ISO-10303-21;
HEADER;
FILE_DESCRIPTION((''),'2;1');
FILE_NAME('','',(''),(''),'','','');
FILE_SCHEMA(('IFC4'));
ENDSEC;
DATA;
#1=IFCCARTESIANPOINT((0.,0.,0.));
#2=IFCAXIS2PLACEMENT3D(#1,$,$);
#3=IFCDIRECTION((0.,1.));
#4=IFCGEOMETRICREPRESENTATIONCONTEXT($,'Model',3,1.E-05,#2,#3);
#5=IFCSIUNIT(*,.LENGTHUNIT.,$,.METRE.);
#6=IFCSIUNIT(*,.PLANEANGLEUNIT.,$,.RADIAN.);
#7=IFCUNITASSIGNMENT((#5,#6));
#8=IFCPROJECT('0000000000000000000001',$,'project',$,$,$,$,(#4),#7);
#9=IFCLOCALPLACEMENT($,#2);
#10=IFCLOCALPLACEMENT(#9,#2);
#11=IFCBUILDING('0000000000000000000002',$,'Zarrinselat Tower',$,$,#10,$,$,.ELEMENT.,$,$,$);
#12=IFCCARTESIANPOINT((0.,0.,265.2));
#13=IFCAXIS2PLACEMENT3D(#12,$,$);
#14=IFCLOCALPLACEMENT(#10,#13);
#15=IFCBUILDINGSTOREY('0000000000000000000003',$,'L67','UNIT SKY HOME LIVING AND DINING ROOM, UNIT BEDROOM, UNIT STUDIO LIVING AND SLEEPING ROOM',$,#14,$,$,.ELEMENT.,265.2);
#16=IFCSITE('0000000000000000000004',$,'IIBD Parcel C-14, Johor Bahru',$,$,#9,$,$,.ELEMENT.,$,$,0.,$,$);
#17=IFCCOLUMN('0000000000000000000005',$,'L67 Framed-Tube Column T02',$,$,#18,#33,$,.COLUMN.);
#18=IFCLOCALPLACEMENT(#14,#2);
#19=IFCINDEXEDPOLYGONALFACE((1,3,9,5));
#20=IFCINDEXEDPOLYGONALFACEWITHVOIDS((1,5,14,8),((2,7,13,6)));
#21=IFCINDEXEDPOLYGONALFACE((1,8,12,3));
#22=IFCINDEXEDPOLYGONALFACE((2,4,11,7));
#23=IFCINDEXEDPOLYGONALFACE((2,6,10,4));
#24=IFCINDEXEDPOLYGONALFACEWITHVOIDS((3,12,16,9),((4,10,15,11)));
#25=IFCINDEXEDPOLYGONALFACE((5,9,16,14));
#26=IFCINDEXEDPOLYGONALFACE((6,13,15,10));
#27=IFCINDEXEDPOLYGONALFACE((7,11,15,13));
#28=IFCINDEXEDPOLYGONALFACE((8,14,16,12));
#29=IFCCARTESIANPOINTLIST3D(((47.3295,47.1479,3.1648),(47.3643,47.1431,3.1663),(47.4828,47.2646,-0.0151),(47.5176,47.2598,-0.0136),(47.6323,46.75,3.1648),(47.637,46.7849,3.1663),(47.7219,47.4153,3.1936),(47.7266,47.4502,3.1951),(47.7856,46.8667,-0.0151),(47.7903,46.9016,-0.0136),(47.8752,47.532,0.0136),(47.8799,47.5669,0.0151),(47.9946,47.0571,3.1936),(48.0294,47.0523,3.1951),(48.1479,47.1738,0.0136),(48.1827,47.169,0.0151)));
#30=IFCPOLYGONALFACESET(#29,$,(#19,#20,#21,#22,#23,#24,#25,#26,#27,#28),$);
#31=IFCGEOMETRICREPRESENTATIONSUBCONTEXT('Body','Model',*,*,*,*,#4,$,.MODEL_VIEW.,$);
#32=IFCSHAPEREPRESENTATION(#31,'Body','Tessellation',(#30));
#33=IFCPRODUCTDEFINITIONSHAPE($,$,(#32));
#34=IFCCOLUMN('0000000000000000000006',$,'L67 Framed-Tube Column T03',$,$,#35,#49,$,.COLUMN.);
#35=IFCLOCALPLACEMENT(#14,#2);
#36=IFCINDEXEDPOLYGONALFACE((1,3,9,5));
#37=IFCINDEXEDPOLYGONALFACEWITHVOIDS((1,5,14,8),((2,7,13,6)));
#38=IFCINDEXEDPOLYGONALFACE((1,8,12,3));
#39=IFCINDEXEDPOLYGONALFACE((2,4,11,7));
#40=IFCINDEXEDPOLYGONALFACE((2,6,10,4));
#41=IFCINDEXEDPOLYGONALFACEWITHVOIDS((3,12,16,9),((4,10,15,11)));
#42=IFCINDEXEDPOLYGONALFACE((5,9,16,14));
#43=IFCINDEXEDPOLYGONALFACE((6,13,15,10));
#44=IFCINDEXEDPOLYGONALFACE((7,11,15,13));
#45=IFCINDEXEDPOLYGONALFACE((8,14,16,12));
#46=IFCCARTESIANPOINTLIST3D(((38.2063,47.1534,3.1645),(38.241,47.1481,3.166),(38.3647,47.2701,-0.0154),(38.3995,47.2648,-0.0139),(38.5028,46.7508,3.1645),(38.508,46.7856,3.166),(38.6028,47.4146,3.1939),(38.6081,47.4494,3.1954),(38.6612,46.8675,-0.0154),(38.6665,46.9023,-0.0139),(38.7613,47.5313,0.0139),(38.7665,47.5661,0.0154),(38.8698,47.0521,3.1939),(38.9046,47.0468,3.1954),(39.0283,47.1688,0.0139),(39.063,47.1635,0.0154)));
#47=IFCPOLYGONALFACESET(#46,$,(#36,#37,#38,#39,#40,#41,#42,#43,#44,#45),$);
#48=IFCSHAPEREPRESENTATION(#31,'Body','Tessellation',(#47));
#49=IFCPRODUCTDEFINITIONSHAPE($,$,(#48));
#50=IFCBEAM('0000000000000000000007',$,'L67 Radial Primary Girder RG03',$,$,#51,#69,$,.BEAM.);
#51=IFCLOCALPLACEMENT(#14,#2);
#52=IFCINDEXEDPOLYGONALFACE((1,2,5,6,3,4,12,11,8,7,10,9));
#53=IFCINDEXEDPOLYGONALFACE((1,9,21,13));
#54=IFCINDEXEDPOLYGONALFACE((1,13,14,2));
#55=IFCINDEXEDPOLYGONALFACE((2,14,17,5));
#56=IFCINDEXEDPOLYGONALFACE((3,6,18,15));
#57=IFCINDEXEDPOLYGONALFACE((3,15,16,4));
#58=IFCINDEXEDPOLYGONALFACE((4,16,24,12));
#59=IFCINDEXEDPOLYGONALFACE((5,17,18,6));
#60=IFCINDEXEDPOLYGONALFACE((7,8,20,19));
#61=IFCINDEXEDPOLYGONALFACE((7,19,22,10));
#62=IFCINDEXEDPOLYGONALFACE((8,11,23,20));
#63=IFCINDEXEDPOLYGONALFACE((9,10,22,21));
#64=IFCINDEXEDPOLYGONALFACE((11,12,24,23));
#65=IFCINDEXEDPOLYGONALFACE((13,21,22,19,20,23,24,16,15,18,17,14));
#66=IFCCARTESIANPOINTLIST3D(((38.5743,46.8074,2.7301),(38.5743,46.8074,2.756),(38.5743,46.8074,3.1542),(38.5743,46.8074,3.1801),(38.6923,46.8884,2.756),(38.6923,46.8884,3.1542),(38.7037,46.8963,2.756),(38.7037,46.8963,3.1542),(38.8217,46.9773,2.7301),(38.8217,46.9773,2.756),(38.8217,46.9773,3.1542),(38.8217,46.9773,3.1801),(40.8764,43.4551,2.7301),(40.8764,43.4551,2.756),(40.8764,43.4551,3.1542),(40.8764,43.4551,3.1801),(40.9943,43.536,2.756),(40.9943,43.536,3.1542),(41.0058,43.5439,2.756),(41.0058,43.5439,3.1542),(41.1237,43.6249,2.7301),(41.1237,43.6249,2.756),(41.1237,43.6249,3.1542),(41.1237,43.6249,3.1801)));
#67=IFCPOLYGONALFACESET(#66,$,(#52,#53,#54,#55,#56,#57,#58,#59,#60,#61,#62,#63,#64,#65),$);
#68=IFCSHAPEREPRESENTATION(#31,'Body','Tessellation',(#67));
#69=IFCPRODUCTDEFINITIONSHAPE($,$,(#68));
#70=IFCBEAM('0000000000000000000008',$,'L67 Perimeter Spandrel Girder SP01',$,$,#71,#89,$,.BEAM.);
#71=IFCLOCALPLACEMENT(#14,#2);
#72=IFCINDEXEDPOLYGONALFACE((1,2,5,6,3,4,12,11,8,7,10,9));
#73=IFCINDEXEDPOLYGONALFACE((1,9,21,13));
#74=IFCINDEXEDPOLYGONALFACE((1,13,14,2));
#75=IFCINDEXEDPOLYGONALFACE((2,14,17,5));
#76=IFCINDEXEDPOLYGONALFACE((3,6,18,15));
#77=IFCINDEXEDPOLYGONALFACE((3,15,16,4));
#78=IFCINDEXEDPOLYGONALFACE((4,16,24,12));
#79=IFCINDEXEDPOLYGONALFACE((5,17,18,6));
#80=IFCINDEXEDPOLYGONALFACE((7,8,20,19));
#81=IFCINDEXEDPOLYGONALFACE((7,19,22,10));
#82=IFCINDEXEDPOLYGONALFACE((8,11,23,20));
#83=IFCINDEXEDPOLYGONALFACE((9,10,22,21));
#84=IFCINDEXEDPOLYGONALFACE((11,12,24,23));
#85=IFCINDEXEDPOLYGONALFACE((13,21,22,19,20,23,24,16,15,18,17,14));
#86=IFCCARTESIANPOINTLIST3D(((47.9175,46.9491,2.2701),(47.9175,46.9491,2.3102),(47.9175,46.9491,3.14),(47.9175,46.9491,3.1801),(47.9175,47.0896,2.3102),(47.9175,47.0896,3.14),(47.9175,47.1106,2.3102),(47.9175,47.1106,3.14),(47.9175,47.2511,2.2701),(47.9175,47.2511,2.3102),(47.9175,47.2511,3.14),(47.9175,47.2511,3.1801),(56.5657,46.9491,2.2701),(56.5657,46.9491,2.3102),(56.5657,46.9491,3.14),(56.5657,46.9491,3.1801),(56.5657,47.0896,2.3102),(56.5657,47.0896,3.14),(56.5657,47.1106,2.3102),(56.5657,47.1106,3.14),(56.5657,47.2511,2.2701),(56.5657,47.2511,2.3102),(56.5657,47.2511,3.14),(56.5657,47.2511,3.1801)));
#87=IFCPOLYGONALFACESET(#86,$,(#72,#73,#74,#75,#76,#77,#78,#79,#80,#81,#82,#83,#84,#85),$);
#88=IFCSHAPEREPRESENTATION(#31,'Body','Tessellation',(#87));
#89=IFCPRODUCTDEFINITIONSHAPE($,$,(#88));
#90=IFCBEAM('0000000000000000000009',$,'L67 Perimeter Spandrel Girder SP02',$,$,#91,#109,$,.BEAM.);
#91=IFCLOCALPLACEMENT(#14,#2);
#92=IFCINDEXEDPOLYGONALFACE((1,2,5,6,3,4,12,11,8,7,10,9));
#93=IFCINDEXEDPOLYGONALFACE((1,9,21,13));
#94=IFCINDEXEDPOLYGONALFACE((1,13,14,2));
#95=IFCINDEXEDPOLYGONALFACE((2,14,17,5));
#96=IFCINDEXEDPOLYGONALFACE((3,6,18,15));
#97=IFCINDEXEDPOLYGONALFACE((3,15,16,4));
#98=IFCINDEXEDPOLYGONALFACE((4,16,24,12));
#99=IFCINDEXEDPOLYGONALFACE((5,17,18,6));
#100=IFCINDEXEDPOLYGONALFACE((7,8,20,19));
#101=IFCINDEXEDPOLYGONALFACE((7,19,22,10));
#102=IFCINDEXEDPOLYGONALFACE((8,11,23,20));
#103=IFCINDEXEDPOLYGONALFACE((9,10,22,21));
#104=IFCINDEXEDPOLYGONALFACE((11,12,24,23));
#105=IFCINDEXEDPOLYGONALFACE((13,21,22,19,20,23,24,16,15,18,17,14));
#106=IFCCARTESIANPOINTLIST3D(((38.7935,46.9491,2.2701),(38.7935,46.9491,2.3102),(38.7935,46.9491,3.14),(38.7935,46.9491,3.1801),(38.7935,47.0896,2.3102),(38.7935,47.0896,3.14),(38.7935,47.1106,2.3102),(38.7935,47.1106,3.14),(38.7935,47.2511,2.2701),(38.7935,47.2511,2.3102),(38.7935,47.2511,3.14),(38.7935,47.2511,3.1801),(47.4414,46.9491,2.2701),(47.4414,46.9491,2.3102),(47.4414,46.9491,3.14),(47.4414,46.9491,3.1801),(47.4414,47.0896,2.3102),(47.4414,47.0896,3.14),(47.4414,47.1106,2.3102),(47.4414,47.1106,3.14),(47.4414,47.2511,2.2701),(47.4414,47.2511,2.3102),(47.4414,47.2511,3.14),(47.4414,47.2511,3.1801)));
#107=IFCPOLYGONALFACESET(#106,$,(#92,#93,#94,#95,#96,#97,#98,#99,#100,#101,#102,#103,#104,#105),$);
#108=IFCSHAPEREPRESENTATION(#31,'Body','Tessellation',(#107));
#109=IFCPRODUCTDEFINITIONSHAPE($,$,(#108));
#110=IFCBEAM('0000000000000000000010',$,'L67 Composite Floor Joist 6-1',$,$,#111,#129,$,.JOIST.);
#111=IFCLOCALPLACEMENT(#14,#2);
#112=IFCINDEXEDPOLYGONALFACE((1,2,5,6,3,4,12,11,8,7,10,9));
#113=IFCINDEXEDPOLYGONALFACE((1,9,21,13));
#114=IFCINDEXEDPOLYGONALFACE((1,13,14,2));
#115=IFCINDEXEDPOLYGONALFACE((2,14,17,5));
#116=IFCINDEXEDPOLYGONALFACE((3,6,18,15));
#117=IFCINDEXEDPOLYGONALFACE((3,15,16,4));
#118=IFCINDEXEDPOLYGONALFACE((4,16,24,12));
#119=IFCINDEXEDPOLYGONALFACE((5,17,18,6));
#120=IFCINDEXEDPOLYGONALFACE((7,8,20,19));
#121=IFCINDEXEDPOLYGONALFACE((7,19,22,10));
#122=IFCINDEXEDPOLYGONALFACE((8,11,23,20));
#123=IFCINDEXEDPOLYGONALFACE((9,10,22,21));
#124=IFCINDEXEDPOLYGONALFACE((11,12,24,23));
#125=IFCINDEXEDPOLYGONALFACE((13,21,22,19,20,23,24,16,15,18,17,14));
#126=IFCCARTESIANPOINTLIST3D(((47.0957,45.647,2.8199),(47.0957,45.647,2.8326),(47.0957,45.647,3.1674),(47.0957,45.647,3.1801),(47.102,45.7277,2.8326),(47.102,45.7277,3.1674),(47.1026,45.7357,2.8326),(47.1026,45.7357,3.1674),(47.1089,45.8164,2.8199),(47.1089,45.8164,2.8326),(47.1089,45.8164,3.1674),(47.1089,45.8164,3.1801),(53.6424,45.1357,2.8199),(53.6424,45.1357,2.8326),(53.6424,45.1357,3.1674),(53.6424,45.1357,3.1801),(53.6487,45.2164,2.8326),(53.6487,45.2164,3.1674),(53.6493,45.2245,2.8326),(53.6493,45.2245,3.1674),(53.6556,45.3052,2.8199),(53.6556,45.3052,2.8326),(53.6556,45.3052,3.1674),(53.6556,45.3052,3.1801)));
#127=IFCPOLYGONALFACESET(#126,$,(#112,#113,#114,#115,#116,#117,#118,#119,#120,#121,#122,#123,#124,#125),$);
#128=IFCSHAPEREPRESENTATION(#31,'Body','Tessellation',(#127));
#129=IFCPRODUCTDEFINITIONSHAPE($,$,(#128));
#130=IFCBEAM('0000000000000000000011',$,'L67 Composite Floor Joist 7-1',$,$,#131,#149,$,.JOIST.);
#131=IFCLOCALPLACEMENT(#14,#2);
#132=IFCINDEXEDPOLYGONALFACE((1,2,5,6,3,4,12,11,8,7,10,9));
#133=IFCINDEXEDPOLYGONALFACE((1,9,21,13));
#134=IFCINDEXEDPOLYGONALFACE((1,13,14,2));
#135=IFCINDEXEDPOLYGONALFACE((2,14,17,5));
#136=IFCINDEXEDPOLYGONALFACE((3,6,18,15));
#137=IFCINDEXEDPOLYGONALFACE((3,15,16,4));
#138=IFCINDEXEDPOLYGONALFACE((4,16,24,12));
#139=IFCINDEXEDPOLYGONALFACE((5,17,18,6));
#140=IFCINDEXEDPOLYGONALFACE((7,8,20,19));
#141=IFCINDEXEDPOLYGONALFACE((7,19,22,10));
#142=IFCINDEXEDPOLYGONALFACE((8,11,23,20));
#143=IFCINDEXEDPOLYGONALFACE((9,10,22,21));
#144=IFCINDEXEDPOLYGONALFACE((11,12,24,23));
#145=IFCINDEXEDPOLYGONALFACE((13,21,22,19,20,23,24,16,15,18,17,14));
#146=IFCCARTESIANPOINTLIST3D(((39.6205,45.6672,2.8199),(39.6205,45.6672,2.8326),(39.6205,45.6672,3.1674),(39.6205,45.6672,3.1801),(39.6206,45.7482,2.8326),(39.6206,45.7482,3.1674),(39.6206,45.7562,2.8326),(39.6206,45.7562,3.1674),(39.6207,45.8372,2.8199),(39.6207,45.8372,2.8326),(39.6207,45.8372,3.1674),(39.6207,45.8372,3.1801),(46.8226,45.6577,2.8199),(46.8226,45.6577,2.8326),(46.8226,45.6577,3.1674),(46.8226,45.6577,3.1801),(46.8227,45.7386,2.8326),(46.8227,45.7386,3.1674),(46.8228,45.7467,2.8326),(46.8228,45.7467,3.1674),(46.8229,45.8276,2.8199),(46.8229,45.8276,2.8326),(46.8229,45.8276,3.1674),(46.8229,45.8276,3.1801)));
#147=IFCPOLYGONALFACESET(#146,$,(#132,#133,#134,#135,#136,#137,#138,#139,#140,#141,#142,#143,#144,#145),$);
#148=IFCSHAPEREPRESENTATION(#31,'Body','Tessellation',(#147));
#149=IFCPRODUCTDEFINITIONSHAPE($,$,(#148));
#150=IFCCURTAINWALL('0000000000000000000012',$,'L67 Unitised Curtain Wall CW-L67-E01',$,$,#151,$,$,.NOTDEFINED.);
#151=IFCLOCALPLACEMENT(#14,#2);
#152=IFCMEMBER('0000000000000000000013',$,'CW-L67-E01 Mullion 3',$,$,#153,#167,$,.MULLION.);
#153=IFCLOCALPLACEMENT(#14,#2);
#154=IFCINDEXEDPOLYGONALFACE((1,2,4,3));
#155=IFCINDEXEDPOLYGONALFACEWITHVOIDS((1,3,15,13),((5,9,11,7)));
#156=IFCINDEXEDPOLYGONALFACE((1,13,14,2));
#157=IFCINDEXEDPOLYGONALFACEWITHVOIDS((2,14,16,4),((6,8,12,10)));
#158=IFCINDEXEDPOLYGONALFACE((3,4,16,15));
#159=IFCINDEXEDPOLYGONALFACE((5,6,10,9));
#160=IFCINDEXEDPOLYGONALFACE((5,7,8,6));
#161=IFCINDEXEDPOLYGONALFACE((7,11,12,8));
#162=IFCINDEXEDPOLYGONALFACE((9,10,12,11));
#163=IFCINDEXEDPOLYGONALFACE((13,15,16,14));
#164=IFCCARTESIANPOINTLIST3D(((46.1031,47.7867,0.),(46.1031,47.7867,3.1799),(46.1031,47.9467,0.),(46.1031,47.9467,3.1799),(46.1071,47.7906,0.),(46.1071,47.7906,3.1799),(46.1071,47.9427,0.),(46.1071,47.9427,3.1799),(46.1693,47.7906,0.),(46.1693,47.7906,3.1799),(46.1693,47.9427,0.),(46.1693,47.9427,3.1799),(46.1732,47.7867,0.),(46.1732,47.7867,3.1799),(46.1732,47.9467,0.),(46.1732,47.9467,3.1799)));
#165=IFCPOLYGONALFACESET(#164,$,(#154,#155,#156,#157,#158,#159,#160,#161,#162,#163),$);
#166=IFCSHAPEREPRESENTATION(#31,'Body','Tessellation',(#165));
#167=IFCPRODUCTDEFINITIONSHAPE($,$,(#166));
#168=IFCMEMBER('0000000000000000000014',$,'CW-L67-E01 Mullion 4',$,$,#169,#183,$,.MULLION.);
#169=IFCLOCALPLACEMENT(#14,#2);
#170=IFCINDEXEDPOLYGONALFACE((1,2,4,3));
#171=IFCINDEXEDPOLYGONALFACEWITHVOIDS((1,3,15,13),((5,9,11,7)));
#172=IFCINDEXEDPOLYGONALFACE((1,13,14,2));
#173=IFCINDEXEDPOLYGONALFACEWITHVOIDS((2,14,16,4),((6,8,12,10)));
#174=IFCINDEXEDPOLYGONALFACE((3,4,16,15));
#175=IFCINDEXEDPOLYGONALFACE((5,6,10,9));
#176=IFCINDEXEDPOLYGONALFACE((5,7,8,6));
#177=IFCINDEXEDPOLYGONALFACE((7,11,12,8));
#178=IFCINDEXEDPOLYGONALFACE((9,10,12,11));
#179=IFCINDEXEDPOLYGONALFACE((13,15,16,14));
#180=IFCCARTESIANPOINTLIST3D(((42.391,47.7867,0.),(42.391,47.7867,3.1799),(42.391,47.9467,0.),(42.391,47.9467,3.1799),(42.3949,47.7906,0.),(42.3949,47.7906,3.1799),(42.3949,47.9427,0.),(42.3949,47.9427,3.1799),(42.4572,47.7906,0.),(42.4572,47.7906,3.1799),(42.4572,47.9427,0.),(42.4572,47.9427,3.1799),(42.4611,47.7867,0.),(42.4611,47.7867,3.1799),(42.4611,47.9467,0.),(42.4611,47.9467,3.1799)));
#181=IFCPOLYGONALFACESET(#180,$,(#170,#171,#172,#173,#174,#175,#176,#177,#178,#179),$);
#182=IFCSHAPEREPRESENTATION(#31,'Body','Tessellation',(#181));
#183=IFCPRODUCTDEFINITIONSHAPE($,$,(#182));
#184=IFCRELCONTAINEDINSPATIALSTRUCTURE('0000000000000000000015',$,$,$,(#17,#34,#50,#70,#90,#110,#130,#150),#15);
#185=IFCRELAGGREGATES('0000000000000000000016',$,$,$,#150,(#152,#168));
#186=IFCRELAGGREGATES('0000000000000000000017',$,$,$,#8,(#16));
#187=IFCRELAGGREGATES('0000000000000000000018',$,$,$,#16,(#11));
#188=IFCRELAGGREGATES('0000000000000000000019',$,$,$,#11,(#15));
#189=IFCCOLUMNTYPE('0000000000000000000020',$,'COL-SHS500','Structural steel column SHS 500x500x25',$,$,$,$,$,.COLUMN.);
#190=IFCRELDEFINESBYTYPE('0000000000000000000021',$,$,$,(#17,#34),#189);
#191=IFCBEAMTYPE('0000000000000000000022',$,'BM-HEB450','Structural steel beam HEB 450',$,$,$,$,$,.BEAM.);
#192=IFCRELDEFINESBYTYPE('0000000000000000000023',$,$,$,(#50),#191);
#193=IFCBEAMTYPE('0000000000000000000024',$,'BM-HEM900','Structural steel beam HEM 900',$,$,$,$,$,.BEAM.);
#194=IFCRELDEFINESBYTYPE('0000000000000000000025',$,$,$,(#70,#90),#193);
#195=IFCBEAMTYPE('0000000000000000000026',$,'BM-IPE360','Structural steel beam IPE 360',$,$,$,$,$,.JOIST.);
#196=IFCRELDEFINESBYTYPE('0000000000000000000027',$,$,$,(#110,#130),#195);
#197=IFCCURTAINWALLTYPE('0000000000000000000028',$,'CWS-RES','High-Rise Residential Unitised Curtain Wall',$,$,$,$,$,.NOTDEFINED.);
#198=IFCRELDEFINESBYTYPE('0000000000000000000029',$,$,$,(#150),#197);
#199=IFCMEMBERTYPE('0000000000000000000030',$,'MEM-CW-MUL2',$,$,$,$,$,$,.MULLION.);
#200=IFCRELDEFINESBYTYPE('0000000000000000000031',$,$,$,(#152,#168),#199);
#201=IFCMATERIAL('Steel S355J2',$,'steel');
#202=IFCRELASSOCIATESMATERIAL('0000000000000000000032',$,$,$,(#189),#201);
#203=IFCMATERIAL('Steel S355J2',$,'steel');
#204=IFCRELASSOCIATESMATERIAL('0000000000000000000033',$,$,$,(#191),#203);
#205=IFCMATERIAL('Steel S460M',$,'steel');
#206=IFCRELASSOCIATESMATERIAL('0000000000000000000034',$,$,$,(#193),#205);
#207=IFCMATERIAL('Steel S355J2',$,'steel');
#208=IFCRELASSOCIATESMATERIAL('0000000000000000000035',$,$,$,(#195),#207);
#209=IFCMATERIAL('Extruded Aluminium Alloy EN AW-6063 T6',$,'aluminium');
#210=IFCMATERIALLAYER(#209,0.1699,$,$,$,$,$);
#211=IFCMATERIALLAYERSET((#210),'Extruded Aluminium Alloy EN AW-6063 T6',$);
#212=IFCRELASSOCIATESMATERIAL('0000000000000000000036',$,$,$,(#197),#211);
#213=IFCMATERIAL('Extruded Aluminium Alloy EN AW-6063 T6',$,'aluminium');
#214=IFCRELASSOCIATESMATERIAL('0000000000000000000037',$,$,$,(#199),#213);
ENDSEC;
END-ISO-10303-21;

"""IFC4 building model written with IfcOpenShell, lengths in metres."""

from ifc_helpers import new_model, si_unit, direction, frame, origin, origin_2d, place, context, subcontext, project, spatial, hollow_rectangle, i_section, extrude, material, layer, layer_set, material_profile, profile_set, type_object, element, aggregate, save


model = new_model("IFC4")

# Units and contexts
model_context = context("Model", 3, precision=1e-05, world=origin(), true_north=direction((0.0, 1.0)))
body_context = subcontext(model_context, "Body", "Model", "MODEL_VIEW")
ifc_project = project(units=[si_unit("LENGTHUNIT", "METRE"), si_unit("PLANEANGLEUNIT", "RADIAN")], contexts=[model_context])

# Site, building, storey
site_placement = place(None, origin())
site = spatial("IfcSite", under=ifc_project, at=site_placement, Name="IIBD Parcel C-14, Johor Bahru", CompositionType="ELEMENT", RefElevation=0.0)
building_placement = place(site_placement, origin())
building = spatial("IfcBuilding", under=site, at=building_placement, Name="Zarrinselat Tower", CompositionType="ELEMENT")
storey_placement = place(building_placement, frame((0.0, 0.0, 265.2)))
storey = spatial("IfcBuildingStorey", under=building, at=storey_placement, Name="L67", Description="UNIT SKY HOME LIVING AND DINING ROOM, UNIT BEDROOM, UNIT STUDIO LIVING AND SLEEPING ROOM", CompositionType="ELEMENT", Elevation=265.2)

# Columns
ifc_material_1 = material(Name="Steel S355J2", Category="steel")
ifc_material_profile_1 = material_profile(ifc_material_1, hollow_rectangle(XDim=0.5, YDim=0.5, WallThickness=0.0249, at=origin_2d()), Name="SHS 500x500x25")
ifc_profile_set_1 = profile_set([ifc_material_profile_1], Name="Steel S355J2")
column_type = type_object("IfcColumnType", Name="COL-SHS500", Description="Structural steel column SHS 500x500x25", PredefinedType="COLUMN", material=ifc_profile_set_1)
column_1_placement = place(storey_placement, frame((47.8328, 47.2168, 0.0), z_axis=(-0.048127, -0.036631, 0.998169), x_axis=(0.605661, -0.795722, 0.0)))
element("IfcColumn", 1, at=column_1_placement, inside=storey, type_object=column_type, Name="L67 Framed-Tube Column T02", PredefinedType="COLUMN", context=body_context, shape_type="SweptSolid", body=[
    extrude(hollow_rectangle(XDim=0.5, YDim=0.5, WallThickness=0.0249, at=origin_2d()), origin(), (0.0, 0.0, 1.0), 3.1858),
])
column_2_placement = place(storey_placement, frame((38.7139, 47.2168, 0.0), z_axis=(-0.049732, -0.036629, 0.998091), x_axis=(0.59303, -0.805181, 0.0)))
element("IfcColumn", 2, at=column_2_placement, inside=storey, type_object=column_type, Name="L67 Framed-Tube Column T03", PredefinedType="COLUMN", context=body_context, shape_type="SweptSolid", body=[
    extrude(hollow_rectangle(XDim=0.5, YDim=0.5, WallThickness=0.0249, at=origin_2d()), origin(), (0.0, 0.0, 1.0), 3.186),
])

# Beams
ifc_material_2 = material(Name="Steel S355J2", Category="steel")
ifc_material_profile_2 = material_profile(ifc_material_2, i_section(OverallWidth=0.3, OverallDepth=0.45, WebThickness=0.0139, FlangeThickness=0.0259, at=origin_2d()), Name="HEB 450")
ifc_profile_set_2 = profile_set([ifc_material_profile_2], Name="Steel S355J2")
beam_type_1 = type_object("IfcBeamType", Name="BM-HEB450", Description="Structural steel beam HEB 450", PredefinedType="BEAM", material=ifc_profile_set_2)
beam_1_placement = place(storey_placement, frame((38.698, 46.8923, 2.9551), z_axis=(0.566078, -0.824352, 0.0), x_axis=(0.824352, 0.566078, 0.0)))
element("IfcBeam", 3, at=beam_1_placement, inside=storey, type_object=beam_type_1, Name="L67 Radial Primary Girder RG03", PredefinedType="BEAM", context=body_context, shape_type="SweptSolid", body=[
    extrude(i_section(OverallWidth=0.3, OverallDepth=0.45, WebThickness=0.0139, FlangeThickness=0.0259, at=origin_2d()), origin(), (0.0, 0.0, 1.0), 4.0667),
])
ifc_material_3 = material(Name="Steel S460M", Category="steel")
ifc_material_profile_3 = material_profile(ifc_material_3, i_section(OverallWidth=0.302, OverallDepth=0.9099, WebThickness=0.021, FlangeThickness=0.04, at=origin_2d()), Name="HEM 900")
ifc_profile_set_3 = profile_set([ifc_material_profile_3], Name="Steel S460M")
beam_type_2 = type_object("IfcBeamType", Name="BM-HEM900", Description="Structural steel beam HEM 900", PredefinedType="BEAM", material=ifc_profile_set_3)
beam_2_placement = place(storey_placement, frame((47.9175, 47.1001, 2.7251), z_axis=(1.0, 0.0, 0.0), x_axis=(0.0, 1.0, 0.0)))
element("IfcBeam", 4, at=beam_2_placement, inside=storey, type_object=beam_type_2, Name="L67 Perimeter Spandrel Girder SP01", PredefinedType="BEAM", context=body_context, shape_type="SweptSolid", body=[
    extrude(i_section(OverallWidth=0.302, OverallDepth=0.9099, WebThickness=0.021, FlangeThickness=0.04, at=origin_2d()), origin(), (0.0, 0.0, 1.0), 8.6482),
])
beam_3_placement = place(storey_placement, frame((38.7935, 47.1001, 2.7251), z_axis=(1.0, 0.0, 0.0), x_axis=(0.0, 1.0, 0.0)))
element("IfcBeam", 5, at=beam_3_placement, inside=storey, type_object=beam_type_2, Name="L67 Perimeter Spandrel Girder SP02", PredefinedType="BEAM", context=body_context, shape_type="SweptSolid", body=[
    extrude(i_section(OverallWidth=0.302, OverallDepth=0.9099, WebThickness=0.021, FlangeThickness=0.04, at=origin_2d()), origin(), (0.0, 0.0, 1.0), 8.6479),
])
ifc_material_4 = material(Name="Steel S355J2", Category="steel")
ifc_material_profile_4 = material_profile(ifc_material_4, i_section(OverallWidth=0.1699, OverallDepth=0.3601, WebThickness=0.0081, FlangeThickness=0.0127, at=origin_2d()), Name="IPE 360")
ifc_profile_set_4 = profile_set([ifc_material_profile_4], Name="Steel S355J2")
beam_type_3 = type_object("IfcBeamType", Name="BM-IPE360", Description="Structural steel beam IPE 360", PredefinedType="JOIST", material=ifc_profile_set_4)
beam_4_placement = place(storey_placement, frame((47.1023, 45.7317, 3.0), z_axis=(0.996965, -0.077854, 0.0), x_axis=(0.077854, 0.996965, 0.0)))
element("IfcBeam", 6, at=beam_4_placement, inside=storey, type_object=beam_type_3, Name="L67 Composite Floor Joist 6-1", PredefinedType="JOIST", context=body_context, shape_type="SweptSolid", body=[
    extrude(i_section(OverallWidth=0.1699, OverallDepth=0.3601, WebThickness=0.0081, FlangeThickness=0.0127, at=origin_2d()), origin(), (0.0, 0.0, 1.0), 6.5667),
])
beam_5_placement = place(storey_placement, frame((39.6206, 45.7522, 3.0), z_axis=(0.999999, -0.001322, 0.0), x_axis=(0.001322, 0.999999, 0.0)))
element("IfcBeam", 7, at=beam_5_placement, inside=storey, type_object=beam_type_3, Name="L67 Composite Floor Joist 7-1", PredefinedType="JOIST", context=body_context, shape_type="SweptSolid", body=[
    extrude(i_section(OverallWidth=0.1699, OverallDepth=0.3601, WebThickness=0.0081, FlangeThickness=0.0127, at=origin_2d()), origin(), (0.0, 0.0, 1.0), 7.2021),
])

# Curtain wall, members
ifc_material_5 = material(Name="Extruded Aluminium Alloy EN AW-6063 T6", Category="aluminium")
ifc_layer_1 = layer(ifc_material_5, 0.1699)
ifc_layer_set_1 = layer_set([ifc_layer_1], Name="Extruded Aluminium Alloy EN AW-6063 T6")
curtain_wall_type = type_object("IfcCurtainWallType", Name="CWS-RES", Description="High-Rise Residential Unitised Curtain Wall", PredefinedType="NOTDEFINED", material=ifc_layer_set_1)
curtain_wall_placement = place(storey_placement, origin())
curtain_wall = element("IfcCurtainWall", 8, at=curtain_wall_placement, inside=storey, type_object=curtain_wall_type, Name="L67 Unitised Curtain Wall CW-L67-E01", PredefinedType="NOTDEFINED")
ifc_material_6 = material(Name="Extruded Aluminium Alloy EN AW-6063 T6", Category="aluminium")
ifc_material_profile_5 = material_profile(ifc_material_6, hollow_rectangle(XDim=0.0701, YDim=0.1599, WallThickness=0.0039, at=origin_2d()), Name="RHS 160x70x4")
ifc_profile_set_5 = profile_set([ifc_material_profile_5], Name="Extruded Aluminium Alloy EN AW-6063 T6")
member_type_1 = type_object("IfcMemberType", Name="MEM-CW-MUL2", PredefinedType="MULLION", material=ifc_profile_set_5)
member_1_placement = place(storey_placement, frame((46.1382, 47.8667, 0.0), z_axis=(0.0, 0.0, 1.0), x_axis=(-1.0, 0.0, 0.0)))
member_1 = element("IfcMember", 9, at=member_1_placement, type_object=member_type_1, Name="CW-L67-E01 Mullion 3", PredefinedType="MULLION", context=body_context, shape_type="SweptSolid", body=[
    extrude(hollow_rectangle(XDim=0.0701, YDim=0.1599, WallThickness=0.0039, at=origin_2d()), origin(), (0.0, 0.0, 1.0), 3.1799),
])
member_2_placement = place(storey_placement, frame((42.426, 47.8667, 0.0), z_axis=(0.0, 0.0, 1.0), x_axis=(-1.0, 0.0, 0.0)))
member_2 = element("IfcMember", 10, at=member_2_placement, type_object=member_type_1, Name="CW-L67-E01 Mullion 4", PredefinedType="MULLION", context=body_context, shape_type="SweptSolid", body=[
    extrude(hollow_rectangle(XDim=0.0701, YDim=0.1599, WallThickness=0.0039, at=origin_2d()), origin(), (0.0, 0.0, 1.0), 3.1799),
])
aggregate(curtain_wall, [member_1, member_2])

save(model, "model.ifc")
